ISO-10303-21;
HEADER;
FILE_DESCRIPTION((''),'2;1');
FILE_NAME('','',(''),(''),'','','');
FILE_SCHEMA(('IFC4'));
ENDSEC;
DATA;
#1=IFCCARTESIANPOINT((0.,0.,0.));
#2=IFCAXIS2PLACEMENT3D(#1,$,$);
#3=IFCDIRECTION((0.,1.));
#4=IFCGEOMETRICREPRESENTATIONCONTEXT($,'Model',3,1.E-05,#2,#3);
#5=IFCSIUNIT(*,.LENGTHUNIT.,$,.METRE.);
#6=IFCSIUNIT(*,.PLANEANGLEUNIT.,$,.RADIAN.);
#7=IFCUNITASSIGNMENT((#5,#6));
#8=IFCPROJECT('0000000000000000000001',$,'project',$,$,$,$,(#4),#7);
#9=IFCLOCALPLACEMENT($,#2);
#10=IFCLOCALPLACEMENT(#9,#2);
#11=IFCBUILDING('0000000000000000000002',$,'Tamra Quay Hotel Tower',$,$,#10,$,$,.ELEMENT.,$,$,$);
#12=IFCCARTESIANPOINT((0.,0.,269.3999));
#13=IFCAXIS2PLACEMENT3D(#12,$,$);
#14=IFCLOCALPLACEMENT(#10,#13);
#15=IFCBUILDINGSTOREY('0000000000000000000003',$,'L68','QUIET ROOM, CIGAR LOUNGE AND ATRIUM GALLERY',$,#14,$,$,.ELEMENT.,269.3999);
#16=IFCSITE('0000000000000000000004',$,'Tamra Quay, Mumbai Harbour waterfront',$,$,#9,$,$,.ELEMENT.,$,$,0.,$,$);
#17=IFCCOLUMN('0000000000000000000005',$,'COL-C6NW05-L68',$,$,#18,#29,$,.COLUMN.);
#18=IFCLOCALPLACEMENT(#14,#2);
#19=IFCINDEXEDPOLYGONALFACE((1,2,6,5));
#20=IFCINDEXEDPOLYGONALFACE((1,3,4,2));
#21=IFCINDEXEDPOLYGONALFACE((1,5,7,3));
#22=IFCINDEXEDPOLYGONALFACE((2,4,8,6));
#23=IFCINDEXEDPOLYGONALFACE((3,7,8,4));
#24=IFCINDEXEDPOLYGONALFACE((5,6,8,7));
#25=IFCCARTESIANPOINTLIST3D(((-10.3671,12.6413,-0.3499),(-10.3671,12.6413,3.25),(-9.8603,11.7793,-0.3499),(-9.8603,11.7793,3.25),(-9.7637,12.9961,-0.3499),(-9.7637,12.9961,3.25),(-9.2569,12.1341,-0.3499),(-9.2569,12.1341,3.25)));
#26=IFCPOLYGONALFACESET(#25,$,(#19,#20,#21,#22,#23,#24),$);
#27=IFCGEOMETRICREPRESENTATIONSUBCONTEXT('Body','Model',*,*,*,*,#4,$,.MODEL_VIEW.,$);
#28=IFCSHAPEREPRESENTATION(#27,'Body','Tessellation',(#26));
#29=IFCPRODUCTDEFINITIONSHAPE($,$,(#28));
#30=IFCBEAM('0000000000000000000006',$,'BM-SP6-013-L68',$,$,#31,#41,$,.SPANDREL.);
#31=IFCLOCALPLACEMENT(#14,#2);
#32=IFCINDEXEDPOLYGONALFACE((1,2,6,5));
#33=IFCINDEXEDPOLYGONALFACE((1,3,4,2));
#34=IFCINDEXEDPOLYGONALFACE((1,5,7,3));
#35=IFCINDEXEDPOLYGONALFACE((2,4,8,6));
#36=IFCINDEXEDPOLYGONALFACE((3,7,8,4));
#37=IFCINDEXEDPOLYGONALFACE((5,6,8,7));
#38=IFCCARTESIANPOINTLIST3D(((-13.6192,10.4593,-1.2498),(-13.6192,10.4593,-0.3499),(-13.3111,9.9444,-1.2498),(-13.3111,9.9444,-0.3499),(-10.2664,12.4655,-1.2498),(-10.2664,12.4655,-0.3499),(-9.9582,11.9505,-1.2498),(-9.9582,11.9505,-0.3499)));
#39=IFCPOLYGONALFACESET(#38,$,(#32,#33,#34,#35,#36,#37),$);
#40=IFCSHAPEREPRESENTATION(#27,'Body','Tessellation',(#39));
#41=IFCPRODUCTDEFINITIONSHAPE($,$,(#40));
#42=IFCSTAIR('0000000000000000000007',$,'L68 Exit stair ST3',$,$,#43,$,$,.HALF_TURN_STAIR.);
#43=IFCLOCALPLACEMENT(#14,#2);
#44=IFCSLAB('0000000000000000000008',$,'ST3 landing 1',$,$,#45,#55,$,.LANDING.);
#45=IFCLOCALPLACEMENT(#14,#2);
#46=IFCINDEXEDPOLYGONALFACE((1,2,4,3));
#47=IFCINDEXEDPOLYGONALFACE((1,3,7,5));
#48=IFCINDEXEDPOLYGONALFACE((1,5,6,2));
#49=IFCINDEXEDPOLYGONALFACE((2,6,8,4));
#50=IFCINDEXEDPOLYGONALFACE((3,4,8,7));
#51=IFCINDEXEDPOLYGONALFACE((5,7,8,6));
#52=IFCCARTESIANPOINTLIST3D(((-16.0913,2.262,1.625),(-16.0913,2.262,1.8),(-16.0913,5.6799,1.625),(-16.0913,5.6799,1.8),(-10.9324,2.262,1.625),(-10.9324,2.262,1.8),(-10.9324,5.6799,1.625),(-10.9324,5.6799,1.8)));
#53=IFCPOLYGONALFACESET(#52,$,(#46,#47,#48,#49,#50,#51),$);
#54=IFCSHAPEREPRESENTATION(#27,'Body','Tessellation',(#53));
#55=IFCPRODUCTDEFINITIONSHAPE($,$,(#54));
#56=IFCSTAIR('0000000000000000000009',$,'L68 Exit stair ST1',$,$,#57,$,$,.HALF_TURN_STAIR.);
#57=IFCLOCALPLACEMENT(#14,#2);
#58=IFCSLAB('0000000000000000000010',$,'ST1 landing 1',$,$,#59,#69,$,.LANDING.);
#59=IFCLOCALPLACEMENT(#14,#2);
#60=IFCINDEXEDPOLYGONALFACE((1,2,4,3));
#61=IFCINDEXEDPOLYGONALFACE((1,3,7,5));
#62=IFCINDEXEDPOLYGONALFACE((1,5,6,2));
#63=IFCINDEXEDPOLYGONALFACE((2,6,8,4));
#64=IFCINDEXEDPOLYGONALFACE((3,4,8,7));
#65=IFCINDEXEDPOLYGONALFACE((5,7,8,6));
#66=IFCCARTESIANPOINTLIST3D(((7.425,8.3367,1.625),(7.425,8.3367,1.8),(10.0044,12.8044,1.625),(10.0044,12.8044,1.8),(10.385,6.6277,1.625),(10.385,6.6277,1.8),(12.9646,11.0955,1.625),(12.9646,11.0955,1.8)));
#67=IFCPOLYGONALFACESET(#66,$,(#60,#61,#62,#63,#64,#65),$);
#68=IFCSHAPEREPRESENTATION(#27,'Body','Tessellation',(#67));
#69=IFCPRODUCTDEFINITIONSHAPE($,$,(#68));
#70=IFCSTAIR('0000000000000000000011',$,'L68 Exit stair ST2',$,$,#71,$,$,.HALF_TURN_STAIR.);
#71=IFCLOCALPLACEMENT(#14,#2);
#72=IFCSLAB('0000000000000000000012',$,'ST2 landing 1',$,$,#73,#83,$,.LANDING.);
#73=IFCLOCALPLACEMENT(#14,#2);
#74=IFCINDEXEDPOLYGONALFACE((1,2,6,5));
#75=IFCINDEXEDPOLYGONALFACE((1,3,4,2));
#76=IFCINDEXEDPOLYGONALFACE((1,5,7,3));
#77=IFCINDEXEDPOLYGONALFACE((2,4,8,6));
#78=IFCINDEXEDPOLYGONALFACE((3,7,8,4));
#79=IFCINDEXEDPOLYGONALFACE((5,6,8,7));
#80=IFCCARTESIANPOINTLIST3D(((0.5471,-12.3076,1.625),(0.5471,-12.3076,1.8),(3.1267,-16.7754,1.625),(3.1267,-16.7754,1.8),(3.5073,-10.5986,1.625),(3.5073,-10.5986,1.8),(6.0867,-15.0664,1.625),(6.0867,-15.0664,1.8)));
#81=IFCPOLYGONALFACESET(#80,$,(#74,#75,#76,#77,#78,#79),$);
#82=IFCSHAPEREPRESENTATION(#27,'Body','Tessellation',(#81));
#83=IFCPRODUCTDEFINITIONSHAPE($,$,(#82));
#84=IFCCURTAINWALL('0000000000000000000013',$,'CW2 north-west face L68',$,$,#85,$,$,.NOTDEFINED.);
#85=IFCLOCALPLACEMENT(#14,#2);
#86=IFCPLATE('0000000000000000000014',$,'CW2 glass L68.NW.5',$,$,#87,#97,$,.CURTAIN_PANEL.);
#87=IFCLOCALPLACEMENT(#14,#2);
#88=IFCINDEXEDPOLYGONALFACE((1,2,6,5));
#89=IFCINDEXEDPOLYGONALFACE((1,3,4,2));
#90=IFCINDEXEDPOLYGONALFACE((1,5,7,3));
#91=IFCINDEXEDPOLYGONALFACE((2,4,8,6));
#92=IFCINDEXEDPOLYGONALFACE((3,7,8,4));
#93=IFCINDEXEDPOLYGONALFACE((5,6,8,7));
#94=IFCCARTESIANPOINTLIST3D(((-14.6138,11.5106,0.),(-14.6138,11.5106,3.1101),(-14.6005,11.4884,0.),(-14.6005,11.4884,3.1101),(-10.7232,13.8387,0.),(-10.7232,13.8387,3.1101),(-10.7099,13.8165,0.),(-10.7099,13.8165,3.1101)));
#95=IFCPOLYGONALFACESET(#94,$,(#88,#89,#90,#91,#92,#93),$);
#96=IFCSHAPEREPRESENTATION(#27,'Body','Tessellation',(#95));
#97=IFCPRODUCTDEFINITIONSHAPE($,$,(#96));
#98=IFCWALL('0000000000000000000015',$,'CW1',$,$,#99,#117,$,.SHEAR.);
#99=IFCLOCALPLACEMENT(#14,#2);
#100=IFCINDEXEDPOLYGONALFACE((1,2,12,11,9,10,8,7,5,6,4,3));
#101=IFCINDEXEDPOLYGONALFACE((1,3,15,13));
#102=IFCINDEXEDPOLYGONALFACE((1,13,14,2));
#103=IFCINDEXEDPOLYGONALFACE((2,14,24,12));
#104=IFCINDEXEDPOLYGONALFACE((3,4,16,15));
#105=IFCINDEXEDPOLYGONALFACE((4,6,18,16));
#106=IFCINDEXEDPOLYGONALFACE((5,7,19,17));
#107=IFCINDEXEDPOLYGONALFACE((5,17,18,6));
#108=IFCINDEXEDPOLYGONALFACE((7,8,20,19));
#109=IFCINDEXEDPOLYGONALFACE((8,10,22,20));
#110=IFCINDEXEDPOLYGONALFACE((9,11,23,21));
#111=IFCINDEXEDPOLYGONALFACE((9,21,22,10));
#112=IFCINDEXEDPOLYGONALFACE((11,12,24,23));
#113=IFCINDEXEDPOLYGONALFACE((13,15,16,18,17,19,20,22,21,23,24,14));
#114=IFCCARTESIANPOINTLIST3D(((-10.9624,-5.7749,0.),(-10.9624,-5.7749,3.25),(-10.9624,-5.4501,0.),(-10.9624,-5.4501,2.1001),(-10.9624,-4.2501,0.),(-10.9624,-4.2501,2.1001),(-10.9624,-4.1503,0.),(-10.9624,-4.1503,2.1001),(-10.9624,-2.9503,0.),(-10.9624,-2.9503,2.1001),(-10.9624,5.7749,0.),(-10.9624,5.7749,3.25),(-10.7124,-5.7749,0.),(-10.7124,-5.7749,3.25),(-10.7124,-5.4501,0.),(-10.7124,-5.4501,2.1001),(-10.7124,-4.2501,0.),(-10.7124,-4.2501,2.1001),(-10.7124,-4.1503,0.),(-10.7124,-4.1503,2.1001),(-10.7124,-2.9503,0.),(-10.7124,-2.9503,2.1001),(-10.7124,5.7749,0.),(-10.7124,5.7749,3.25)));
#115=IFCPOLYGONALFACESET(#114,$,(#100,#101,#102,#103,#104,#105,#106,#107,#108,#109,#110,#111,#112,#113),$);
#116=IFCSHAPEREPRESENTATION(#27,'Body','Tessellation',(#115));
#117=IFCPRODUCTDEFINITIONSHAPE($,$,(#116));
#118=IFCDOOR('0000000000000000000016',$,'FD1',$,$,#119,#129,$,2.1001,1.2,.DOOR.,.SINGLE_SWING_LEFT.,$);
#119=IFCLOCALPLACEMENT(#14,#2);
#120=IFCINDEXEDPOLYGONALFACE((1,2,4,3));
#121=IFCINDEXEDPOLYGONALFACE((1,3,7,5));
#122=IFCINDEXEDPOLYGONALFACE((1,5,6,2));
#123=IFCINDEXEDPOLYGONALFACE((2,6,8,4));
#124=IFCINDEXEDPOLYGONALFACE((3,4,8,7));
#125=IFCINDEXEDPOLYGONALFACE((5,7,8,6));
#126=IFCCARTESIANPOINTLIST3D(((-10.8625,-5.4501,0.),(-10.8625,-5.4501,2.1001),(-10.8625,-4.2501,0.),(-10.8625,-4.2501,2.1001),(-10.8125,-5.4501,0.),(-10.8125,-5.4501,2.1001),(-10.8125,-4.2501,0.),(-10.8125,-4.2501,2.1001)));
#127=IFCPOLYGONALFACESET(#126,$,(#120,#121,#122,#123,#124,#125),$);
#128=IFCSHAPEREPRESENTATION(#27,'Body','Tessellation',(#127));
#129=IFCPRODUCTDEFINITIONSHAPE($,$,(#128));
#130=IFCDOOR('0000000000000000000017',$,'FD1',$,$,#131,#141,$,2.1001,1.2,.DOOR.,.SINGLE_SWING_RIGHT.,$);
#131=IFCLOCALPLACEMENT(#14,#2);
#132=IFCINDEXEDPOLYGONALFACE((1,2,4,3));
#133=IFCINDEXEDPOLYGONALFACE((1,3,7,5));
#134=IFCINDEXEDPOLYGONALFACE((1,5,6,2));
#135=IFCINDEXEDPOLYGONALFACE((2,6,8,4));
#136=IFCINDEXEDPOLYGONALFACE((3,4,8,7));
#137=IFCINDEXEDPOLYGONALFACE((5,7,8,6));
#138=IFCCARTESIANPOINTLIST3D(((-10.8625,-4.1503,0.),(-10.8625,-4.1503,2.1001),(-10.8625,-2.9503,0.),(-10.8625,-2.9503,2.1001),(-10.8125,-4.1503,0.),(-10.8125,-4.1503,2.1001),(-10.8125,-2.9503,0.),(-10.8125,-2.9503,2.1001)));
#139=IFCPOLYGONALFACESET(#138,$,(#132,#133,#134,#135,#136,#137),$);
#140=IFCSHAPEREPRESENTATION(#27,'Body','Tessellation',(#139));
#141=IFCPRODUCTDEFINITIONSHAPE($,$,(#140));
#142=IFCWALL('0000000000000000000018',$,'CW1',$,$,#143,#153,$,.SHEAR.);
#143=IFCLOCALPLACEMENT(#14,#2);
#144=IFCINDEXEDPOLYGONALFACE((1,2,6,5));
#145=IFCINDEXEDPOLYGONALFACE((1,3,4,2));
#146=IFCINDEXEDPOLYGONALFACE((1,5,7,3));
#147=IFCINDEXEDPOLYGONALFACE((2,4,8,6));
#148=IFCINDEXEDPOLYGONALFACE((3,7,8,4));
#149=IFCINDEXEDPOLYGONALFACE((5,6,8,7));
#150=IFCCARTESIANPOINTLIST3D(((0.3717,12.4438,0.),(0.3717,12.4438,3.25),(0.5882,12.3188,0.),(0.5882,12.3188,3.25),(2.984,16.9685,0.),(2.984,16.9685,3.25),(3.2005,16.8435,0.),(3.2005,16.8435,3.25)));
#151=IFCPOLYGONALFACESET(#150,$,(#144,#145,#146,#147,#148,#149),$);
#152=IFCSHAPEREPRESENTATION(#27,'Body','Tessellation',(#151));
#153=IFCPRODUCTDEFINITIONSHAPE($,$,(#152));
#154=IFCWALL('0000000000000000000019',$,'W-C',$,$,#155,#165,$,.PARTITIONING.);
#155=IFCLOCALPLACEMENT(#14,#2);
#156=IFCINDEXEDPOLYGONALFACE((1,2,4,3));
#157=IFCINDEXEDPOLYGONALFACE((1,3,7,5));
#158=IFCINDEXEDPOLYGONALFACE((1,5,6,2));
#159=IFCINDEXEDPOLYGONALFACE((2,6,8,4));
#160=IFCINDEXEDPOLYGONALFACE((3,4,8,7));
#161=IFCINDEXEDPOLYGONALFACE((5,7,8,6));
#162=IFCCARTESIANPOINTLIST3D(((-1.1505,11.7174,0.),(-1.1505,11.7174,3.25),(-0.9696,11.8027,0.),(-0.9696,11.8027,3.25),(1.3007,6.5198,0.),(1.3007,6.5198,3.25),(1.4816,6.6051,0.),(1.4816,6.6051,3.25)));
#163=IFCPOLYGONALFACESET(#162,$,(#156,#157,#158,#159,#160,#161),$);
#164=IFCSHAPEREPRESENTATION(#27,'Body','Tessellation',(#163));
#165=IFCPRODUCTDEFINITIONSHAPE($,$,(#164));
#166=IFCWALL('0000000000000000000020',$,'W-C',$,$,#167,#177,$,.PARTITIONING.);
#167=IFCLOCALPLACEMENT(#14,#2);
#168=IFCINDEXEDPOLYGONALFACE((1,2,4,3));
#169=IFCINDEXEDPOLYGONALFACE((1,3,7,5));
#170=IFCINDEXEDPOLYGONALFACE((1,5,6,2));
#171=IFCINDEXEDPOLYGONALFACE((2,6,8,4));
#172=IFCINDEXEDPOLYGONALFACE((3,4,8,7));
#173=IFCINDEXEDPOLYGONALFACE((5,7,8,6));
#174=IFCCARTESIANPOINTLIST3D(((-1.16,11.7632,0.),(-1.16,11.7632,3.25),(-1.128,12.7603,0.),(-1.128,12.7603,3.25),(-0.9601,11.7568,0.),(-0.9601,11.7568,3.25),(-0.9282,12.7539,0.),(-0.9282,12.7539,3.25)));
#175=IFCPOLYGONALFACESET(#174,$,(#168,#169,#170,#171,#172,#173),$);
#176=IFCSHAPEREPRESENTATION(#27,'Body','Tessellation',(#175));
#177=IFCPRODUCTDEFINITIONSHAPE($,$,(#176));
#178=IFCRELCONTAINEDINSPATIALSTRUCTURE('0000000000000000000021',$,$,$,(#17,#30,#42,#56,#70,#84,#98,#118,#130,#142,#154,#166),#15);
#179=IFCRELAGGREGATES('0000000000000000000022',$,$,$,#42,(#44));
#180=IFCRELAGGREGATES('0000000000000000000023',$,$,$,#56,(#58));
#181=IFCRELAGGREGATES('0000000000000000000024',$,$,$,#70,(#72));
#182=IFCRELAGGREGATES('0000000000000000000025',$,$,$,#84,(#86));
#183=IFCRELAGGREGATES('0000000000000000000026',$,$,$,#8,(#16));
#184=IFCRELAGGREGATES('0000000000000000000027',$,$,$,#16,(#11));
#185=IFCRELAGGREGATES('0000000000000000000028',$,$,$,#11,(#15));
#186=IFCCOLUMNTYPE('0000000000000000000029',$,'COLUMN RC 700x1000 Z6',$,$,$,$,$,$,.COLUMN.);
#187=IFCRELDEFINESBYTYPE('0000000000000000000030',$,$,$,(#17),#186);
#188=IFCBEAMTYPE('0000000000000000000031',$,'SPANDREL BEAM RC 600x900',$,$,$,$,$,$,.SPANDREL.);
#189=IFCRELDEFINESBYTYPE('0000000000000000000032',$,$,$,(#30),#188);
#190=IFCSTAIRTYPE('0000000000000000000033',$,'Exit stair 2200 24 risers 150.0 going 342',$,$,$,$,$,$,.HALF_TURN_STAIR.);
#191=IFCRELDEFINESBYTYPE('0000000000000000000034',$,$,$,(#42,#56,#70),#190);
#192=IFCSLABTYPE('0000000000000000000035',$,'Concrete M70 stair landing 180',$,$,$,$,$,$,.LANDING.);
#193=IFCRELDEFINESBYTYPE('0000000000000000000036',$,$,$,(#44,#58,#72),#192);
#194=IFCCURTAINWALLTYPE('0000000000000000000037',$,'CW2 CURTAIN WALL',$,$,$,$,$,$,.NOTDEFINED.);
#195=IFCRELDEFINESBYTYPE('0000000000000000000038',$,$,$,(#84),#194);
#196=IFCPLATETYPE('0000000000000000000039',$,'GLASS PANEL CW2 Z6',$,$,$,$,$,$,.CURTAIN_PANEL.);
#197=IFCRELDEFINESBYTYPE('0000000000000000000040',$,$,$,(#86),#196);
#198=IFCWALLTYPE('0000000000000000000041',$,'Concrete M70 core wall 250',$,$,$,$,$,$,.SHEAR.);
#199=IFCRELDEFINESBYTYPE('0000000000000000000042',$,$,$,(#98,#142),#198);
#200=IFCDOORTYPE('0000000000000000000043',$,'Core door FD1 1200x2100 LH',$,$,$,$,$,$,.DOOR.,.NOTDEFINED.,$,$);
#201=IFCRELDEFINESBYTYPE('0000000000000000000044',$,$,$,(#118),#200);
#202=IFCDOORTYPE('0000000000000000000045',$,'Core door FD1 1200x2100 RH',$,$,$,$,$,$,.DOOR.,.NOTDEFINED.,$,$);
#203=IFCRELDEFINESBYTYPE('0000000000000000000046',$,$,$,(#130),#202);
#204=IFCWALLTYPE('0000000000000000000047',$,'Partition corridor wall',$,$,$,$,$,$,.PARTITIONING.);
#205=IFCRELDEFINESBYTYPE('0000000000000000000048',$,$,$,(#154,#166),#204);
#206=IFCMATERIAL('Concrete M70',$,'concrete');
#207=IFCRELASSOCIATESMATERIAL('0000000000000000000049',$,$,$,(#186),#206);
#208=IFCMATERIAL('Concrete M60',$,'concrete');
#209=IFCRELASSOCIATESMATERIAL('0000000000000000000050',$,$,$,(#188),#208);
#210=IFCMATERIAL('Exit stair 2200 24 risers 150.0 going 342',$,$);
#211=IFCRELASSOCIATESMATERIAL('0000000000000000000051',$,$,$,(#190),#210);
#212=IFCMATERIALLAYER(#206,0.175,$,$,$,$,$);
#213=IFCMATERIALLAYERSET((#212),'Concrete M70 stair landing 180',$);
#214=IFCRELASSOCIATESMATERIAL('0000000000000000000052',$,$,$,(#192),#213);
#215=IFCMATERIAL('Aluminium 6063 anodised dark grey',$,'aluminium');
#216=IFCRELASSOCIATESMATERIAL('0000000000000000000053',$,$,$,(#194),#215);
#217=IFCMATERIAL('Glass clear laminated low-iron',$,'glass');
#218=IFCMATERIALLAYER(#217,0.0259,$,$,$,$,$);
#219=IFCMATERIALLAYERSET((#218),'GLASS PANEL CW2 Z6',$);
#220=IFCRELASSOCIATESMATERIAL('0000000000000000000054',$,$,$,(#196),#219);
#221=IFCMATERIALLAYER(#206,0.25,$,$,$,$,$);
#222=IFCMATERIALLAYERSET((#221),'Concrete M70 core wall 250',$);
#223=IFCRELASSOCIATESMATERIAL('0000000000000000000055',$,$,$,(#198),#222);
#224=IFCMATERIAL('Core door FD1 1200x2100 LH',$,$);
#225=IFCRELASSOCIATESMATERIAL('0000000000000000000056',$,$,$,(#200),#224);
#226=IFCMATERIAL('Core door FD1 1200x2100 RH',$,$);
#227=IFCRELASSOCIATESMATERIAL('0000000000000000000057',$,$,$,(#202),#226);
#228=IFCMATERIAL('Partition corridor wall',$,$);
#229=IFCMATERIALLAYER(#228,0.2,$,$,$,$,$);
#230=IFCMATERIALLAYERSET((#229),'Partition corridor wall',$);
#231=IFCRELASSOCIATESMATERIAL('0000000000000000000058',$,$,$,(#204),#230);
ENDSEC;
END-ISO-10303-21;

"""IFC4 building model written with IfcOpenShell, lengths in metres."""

from ifc_helpers import new_model, si_unit, direction, frame, frame_2d, origin, origin_2d, place, context, subcontext, project, spatial, polyline, rectangle, outline, extrude, material, layer, layer_set, material_profile, profile_set, type_object, element, fill, aggregate, save


model = new_model("IFC4")

# Units and contexts
model_context = context("Model", 3, precision=1e-05, world=origin(), true_north=direction((0.0, 1.0)))
body_context = subcontext(model_context, "Body", "Model", "MODEL_VIEW")
ifc_project = project(units=[si_unit("LENGTHUNIT", "METRE"), si_unit("PLANEANGLEUNIT", "RADIAN")], contexts=[model_context])

# Site, building, storey
site_placement = place(None, origin())
site = spatial("IfcSite", under=ifc_project, at=site_placement, Name="Tamra Quay, Mumbai Harbour waterfront", CompositionType="ELEMENT", RefElevation=0.0)
building_placement = place(site_placement, origin())
building = spatial("IfcBuilding", under=site, at=building_placement, Name="Tamra Quay Hotel Tower", CompositionType="ELEMENT")
storey_placement = place(building_placement, frame((0.0, 0.0, 269.3999)))
storey = spatial("IfcBuildingStorey", under=building, at=storey_placement, Name="L68", Description="QUIET ROOM, CIGAR LOUNGE AND ATRIUM GALLERY", CompositionType="ELEMENT", Elevation=269.3999)

# Column
ifc_material_1 = material(Name="Concrete M70", Category="concrete")
ifc_material_profile_1 = material_profile(ifc_material_1, rectangle(XDim=1.0, YDim=0.7, at=origin_2d()), Name="COLUMN RC 700x1000 Z6")
ifc_profile_set_1 = profile_set([ifc_material_profile_1], Name="Concrete M70")
column_type = type_object("IfcColumnType", Name="COLUMN RC 700x1000 Z6", PredefinedType="COLUMN", material=ifc_profile_set_1)
column_placement = place(storey_placement, frame((-9.812, 12.3877, -0.3499), z_axis=(0.0, 0.0, 1.0), x_axis=(-0.506843, 0.862038, 0.0)))
element("IfcColumn", 1, at=column_placement, inside=storey, type_object=column_type, Name="COL-C6NW05-L68", PredefinedType="COLUMN", context=body_context, shape_type="SweptSolid", body=[
    extrude(rectangle(XDim=1.0, YDim=0.7, at=origin_2d()), origin(), (0.0, 0.0, 1.0), 3.5999),
])

# Beam
ifc_material_2 = material(Name="Concrete M60", Category="concrete")
ifc_material_profile_2 = material_profile(ifc_material_2, rectangle(XDim=0.6001, YDim=0.8999, at=origin_2d()), Name="SPANDREL BEAM RC 600x900")
ifc_profile_set_2 = profile_set([ifc_material_profile_2], Name="Concrete M60")
beam_type = type_object("IfcBeamType", Name="SPANDREL BEAM RC 600x900", PredefinedType="SPANDREL", material=ifc_profile_set_2)
beam_placement = place(storey_placement, frame((-10.1123, 12.208, -0.7998), z_axis=(-0.858121, -0.513448, 0.0), x_axis=(0.513448, -0.858121, 0.0)))
element("IfcBeam", 2, at=beam_placement, inside=storey, type_object=beam_type, Name="BM-SP6-013-L68", PredefinedType="SPANDREL", context=body_context, shape_type="SweptSolid", body=[
    extrude(rectangle(XDim=0.6001, YDim=0.8999, at=origin_2d()), origin(), (0.0, 0.0, 1.0), 3.9072),
])

# Stairs, slabs
ifc_material_3 = material(Name="Exit stair 2200 24 risers 150.0 going 342")
stair_type = type_object("IfcStairType", Name="Exit stair 2200 24 risers 150.0 going 342", PredefinedType="HALF_TURN_STAIR", material=ifc_material_3)
stair_1_placement = place(storey_placement, origin())
stair_1 = element("IfcStair", 3, at=stair_1_placement, inside=storey, type_object=stair_type, Name="L68 Exit stair ST3", PredefinedType="HALF_TURN_STAIR")
ifc_layer_1 = layer(ifc_material_1, 0.175)
ifc_layer_set_1 = layer_set([ifc_layer_1], Name="Concrete M70 stair landing 180")
slab_type_1 = type_object("IfcSlabType", Name="Concrete M70 stair landing 180", PredefinedType="LANDING", material=ifc_layer_set_1)
slab_1_placement = place(storey_placement, frame((0.0, 0.0, 1.625)))
slab_1 = element("IfcSlab", 4, at=slab_1_placement, type_object=slab_type_1, Name="ST3 landing 1", PredefinedType="LANDING", context=body_context, shape_type="SweptSolid", body=[
    extrude(outline(polyline([(-10.9324, 2.262), (-10.9324, 5.6799), (-16.0913, 5.6799), (-16.0913, 2.262), (-10.9324, 2.262)])), origin(), (0.0, 0.0, 1.0), 0.175),
])
aggregate(stair_1, [slab_1])
stair_2_placement = place(storey_placement, origin())
stair_2 = element("IfcStair", 5, at=stair_2_placement, inside=storey, type_object=stair_type, Name="L68 Exit stair ST1", PredefinedType="HALF_TURN_STAIR")
slab_2_placement = place(storey_placement, frame((0.0, 0.0, 1.625)))
slab_2 = element("IfcSlab", 6, at=slab_2_placement, type_object=slab_type_1, Name="ST1 landing 1", PredefinedType="LANDING", context=body_context, shape_type="SweptSolid", body=[
    extrude(outline(polyline([(7.425, 8.3367), (10.385, 6.6277), (12.9646, 11.0955), (10.0044, 12.8044), (7.425, 8.3367)])), origin(), (0.0, 0.0, 1.0), 0.175),
])
aggregate(stair_2, [slab_2])
stair_3_placement = place(storey_placement, origin())
stair_3 = element("IfcStair", 7, at=stair_3_placement, inside=storey, type_object=stair_type, Name="L68 Exit stair ST2", PredefinedType="HALF_TURN_STAIR")
slab_3_placement = place(storey_placement, frame((0.0, 0.0, 1.625)))
slab_3 = element("IfcSlab", 8, at=slab_3_placement, type_object=slab_type_1, Name="ST2 landing 1", PredefinedType="LANDING", context=body_context, shape_type="SweptSolid", body=[
    extrude(outline(polyline([(3.5073, -10.5986), (0.5471, -12.3076), (3.1267, -16.7754), (6.0867, -15.0664), (3.5073, -10.5986)])), origin(), (0.0, 0.0, 1.0), 0.175),
])
aggregate(stair_3, [slab_3])

# Curtain wall, plate
ifc_material_4 = material(Name="Aluminium 6063 anodised dark grey", Category="aluminium")
curtain_wall_type = type_object("IfcCurtainWallType", Name="CW2 CURTAIN WALL", PredefinedType="NOTDEFINED", material=ifc_material_4)
curtain_wall_placement = place(storey_placement, origin())
curtain_wall = element("IfcCurtainWall", 9, at=curtain_wall_placement, inside=storey, type_object=curtain_wall_type, Name="CW2 north-west face L68", PredefinedType="NOTDEFINED")
ifc_material_5 = material(Name="Glass clear laminated low-iron", Category="glass")
ifc_layer_2 = layer(ifc_material_5, 0.0259)
ifc_layer_set_2 = layer_set([ifc_layer_2], Name="GLASS PANEL CW2 Z6")
plate_type = type_object("IfcPlateType", Name="GLASS PANEL CW2 Z6", PredefinedType="CURTAIN_PANEL", material=ifc_layer_set_2)
plate_placement = place(storey_placement, frame((-12.6619, 12.6636, 0.0), z_axis=(0.0, 0.0, 1.0), x_axis=(-0.858103, -0.513477, 0.0)))
plate = element("IfcPlate", 10, at=plate_placement, type_object=plate_type, Name="CW2 glass L68.NW.5", PredefinedType="CURTAIN_PANEL", context=body_context, shape_type="SweptSolid", body=[
    extrude(rectangle(XDim=4.5339, YDim=0.0259, at=origin_2d()), origin(), (0.0, 0.0, 1.0), 3.1101),
])
aggregate(curtain_wall, [plate])

# Wall, openings, doors
ifc_layer_3 = layer(ifc_material_1, 0.25)
ifc_layer_set_3 = layer_set([ifc_layer_3], Name="Concrete M70 core wall 250")
wall_type_1 = type_object("IfcWallType", Name="Concrete M70 core wall 250", PredefinedType="SHEAR", material=ifc_layer_set_3)
wall_1_placement = place(storey_placement, frame((-10.8374, 5.7749, 0.0), z_axis=(0.0, 0.0, 1.0), x_axis=(0.0, -1.0, 0.0)))
wall_1 = element("IfcWall", 11, at=wall_1_placement, inside=storey, type_object=wall_type_1, Name="CW1", PredefinedType="SHEAR", context=body_context, shape_type="SweptSolid", body=[
    extrude(rectangle(XDim=11.5498, YDim=0.25, at=frame_2d((5.7749, 0.0))), origin(), (0.0, 0.0, 1.0), 3.25),
])
opening_1_placement = place(wall_1_placement, frame((10.0249, 0.0, 0.0)))
opening_1 = element("IfcOpeningElement", 12, at=opening_1_placement, cuts=wall_1, PredefinedType="OPENING", context=body_context, shape_type="SweptSolid", body=[
    extrude(rectangle(XDim=1.2, YDim=2.1001, at=frame_2d((0.6001, 1.05))), frame((0.0, 0.135, 0.0), z_axis=(0.0, -1.0, 0.0), x_axis=(1.0, 0.0, 0.0)), (0.0, 0.0, 1.0), 0.27),
])
opening_2_placement = place(wall_1_placement, frame((8.7251, 0.0, 0.0)))
opening_2 = element("IfcOpeningElement", 13, at=opening_2_placement, cuts=wall_1, PredefinedType="OPENING", context=body_context, shape_type="SweptSolid", body=[
    extrude(rectangle(XDim=1.2, YDim=2.1001, at=frame_2d((0.6001, 1.05))), frame((0.0, 0.135, 0.0), z_axis=(0.0, -1.0, 0.0), x_axis=(1.0, 0.0, 0.0)), (0.0, 0.0, 1.0), 0.27),
])
ifc_material_6 = material(Name="Core door FD1 1200x2100 LH")
door_type_1 = type_object("IfcDoorType", Name="Core door FD1 1200x2100 LH", OperationType="NOTDEFINED", PredefinedType="DOOR", material=ifc_material_6)
door_1_placement = place(opening_1_placement, origin())
door_1 = element("IfcDoor", 14, at=door_1_placement, inside=storey, type_object=door_type_1, Name="FD1", OperationType="SINGLE_SWING_LEFT", OverallHeight=2.1001, OverallWidth=1.2, PredefinedType="DOOR", context=body_context, shape_type="SweptSolid", body=[
    extrude(rectangle(XDim=1.2, YDim=2.1001, at=frame_2d((0.6001, 1.05))), frame((0.0, 0.0249, 0.0), z_axis=(0.0, -1.0, 0.0), x_axis=(1.0, 0.0, 0.0)), (0.0, 0.0, 1.0), 0.05),
])
fill(opening_1, door_1)
ifc_material_7 = material(Name="Core door FD1 1200x2100 RH")
door_type_2 = type_object("IfcDoorType", Name="Core door FD1 1200x2100 RH", OperationType="NOTDEFINED", PredefinedType="DOOR", material=ifc_material_7)
door_2_placement = place(opening_2_placement, origin())
door_2 = element("IfcDoor", 15, at=door_2_placement, inside=storey, type_object=door_type_2, Name="FD1", OperationType="SINGLE_SWING_RIGHT", OverallHeight=2.1001, OverallWidth=1.2, PredefinedType="DOOR", context=body_context, shape_type="SweptSolid", body=[
    extrude(rectangle(XDim=1.2, YDim=2.1001, at=frame_2d((0.6001, 1.05))), frame((0.0, 0.0249, 0.0), z_axis=(0.0, -1.0, 0.0), x_axis=(1.0, 0.0, 0.0)), (0.0, 0.0, 1.0), 0.05),
])
fill(opening_2, door_2)

# Walls
wall_2_placement = place(storey_placement, frame((0.48, 12.3813, 0.0), z_axis=(0.0, 0.0, 1.0), x_axis=(0.499999, 0.866026, 0.0)))
element("IfcWall", 16, at=wall_2_placement, inside=storey, type_object=wall_type_1, Name="CW1", PredefinedType="SHEAR", context=body_context, shape_type="SweptSolid", body=[
    extrude(rectangle(XDim=5.2246, YDim=0.25, at=frame_2d((2.6123, 0.0))), origin(), (0.0, 0.0, 1.0), 3.25),
])
ifc_material_8 = material(Name="Partition corridor wall")
ifc_layer_4 = layer(ifc_material_8, 0.2)
ifc_layer_set_4 = layer_set([ifc_layer_4], Name="Partition corridor wall")
wall_type_2 = type_object("IfcWallType", Name="Partition corridor wall", PredefinedType="PARTITIONING", material=ifc_layer_set_4)
wall_3_placement = place(storey_placement, frame((-1.0601, 11.76, 0.0), z_axis=(0.0, 0.0, 1.0), x_axis=(0.42655, -0.904464, 0.0)))
element("IfcWall", 17, at=wall_3_placement, inside=storey, type_object=wall_type_2, Name="W-C", PredefinedType="PARTITIONING", context=body_context, shape_type="SweptSolid", body=[
    extrude(rectangle(XDim=5.7466, YDim=0.2, at=frame_2d((2.8733, 0.0))), origin(), (0.0, 0.0, 1.0), 3.25),
])
wall_4_placement = place(storey_placement, frame((-1.0601, 11.76, 0.0), z_axis=(0.0, 0.0, 1.0), x_axis=(0.03206, 0.999486, 0.0)))
element("IfcWall", 18, at=wall_4_placement, inside=storey, type_object=wall_type_2, Name="W-C", PredefinedType="PARTITIONING", context=body_context, shape_type="SweptSolid", body=[
    extrude(rectangle(XDim=0.9976, YDim=0.2, at=frame_2d((0.4988, 0.0))), origin(), (0.0, 0.0, 1.0), 3.25),
])

save(model, "model.ifc")
